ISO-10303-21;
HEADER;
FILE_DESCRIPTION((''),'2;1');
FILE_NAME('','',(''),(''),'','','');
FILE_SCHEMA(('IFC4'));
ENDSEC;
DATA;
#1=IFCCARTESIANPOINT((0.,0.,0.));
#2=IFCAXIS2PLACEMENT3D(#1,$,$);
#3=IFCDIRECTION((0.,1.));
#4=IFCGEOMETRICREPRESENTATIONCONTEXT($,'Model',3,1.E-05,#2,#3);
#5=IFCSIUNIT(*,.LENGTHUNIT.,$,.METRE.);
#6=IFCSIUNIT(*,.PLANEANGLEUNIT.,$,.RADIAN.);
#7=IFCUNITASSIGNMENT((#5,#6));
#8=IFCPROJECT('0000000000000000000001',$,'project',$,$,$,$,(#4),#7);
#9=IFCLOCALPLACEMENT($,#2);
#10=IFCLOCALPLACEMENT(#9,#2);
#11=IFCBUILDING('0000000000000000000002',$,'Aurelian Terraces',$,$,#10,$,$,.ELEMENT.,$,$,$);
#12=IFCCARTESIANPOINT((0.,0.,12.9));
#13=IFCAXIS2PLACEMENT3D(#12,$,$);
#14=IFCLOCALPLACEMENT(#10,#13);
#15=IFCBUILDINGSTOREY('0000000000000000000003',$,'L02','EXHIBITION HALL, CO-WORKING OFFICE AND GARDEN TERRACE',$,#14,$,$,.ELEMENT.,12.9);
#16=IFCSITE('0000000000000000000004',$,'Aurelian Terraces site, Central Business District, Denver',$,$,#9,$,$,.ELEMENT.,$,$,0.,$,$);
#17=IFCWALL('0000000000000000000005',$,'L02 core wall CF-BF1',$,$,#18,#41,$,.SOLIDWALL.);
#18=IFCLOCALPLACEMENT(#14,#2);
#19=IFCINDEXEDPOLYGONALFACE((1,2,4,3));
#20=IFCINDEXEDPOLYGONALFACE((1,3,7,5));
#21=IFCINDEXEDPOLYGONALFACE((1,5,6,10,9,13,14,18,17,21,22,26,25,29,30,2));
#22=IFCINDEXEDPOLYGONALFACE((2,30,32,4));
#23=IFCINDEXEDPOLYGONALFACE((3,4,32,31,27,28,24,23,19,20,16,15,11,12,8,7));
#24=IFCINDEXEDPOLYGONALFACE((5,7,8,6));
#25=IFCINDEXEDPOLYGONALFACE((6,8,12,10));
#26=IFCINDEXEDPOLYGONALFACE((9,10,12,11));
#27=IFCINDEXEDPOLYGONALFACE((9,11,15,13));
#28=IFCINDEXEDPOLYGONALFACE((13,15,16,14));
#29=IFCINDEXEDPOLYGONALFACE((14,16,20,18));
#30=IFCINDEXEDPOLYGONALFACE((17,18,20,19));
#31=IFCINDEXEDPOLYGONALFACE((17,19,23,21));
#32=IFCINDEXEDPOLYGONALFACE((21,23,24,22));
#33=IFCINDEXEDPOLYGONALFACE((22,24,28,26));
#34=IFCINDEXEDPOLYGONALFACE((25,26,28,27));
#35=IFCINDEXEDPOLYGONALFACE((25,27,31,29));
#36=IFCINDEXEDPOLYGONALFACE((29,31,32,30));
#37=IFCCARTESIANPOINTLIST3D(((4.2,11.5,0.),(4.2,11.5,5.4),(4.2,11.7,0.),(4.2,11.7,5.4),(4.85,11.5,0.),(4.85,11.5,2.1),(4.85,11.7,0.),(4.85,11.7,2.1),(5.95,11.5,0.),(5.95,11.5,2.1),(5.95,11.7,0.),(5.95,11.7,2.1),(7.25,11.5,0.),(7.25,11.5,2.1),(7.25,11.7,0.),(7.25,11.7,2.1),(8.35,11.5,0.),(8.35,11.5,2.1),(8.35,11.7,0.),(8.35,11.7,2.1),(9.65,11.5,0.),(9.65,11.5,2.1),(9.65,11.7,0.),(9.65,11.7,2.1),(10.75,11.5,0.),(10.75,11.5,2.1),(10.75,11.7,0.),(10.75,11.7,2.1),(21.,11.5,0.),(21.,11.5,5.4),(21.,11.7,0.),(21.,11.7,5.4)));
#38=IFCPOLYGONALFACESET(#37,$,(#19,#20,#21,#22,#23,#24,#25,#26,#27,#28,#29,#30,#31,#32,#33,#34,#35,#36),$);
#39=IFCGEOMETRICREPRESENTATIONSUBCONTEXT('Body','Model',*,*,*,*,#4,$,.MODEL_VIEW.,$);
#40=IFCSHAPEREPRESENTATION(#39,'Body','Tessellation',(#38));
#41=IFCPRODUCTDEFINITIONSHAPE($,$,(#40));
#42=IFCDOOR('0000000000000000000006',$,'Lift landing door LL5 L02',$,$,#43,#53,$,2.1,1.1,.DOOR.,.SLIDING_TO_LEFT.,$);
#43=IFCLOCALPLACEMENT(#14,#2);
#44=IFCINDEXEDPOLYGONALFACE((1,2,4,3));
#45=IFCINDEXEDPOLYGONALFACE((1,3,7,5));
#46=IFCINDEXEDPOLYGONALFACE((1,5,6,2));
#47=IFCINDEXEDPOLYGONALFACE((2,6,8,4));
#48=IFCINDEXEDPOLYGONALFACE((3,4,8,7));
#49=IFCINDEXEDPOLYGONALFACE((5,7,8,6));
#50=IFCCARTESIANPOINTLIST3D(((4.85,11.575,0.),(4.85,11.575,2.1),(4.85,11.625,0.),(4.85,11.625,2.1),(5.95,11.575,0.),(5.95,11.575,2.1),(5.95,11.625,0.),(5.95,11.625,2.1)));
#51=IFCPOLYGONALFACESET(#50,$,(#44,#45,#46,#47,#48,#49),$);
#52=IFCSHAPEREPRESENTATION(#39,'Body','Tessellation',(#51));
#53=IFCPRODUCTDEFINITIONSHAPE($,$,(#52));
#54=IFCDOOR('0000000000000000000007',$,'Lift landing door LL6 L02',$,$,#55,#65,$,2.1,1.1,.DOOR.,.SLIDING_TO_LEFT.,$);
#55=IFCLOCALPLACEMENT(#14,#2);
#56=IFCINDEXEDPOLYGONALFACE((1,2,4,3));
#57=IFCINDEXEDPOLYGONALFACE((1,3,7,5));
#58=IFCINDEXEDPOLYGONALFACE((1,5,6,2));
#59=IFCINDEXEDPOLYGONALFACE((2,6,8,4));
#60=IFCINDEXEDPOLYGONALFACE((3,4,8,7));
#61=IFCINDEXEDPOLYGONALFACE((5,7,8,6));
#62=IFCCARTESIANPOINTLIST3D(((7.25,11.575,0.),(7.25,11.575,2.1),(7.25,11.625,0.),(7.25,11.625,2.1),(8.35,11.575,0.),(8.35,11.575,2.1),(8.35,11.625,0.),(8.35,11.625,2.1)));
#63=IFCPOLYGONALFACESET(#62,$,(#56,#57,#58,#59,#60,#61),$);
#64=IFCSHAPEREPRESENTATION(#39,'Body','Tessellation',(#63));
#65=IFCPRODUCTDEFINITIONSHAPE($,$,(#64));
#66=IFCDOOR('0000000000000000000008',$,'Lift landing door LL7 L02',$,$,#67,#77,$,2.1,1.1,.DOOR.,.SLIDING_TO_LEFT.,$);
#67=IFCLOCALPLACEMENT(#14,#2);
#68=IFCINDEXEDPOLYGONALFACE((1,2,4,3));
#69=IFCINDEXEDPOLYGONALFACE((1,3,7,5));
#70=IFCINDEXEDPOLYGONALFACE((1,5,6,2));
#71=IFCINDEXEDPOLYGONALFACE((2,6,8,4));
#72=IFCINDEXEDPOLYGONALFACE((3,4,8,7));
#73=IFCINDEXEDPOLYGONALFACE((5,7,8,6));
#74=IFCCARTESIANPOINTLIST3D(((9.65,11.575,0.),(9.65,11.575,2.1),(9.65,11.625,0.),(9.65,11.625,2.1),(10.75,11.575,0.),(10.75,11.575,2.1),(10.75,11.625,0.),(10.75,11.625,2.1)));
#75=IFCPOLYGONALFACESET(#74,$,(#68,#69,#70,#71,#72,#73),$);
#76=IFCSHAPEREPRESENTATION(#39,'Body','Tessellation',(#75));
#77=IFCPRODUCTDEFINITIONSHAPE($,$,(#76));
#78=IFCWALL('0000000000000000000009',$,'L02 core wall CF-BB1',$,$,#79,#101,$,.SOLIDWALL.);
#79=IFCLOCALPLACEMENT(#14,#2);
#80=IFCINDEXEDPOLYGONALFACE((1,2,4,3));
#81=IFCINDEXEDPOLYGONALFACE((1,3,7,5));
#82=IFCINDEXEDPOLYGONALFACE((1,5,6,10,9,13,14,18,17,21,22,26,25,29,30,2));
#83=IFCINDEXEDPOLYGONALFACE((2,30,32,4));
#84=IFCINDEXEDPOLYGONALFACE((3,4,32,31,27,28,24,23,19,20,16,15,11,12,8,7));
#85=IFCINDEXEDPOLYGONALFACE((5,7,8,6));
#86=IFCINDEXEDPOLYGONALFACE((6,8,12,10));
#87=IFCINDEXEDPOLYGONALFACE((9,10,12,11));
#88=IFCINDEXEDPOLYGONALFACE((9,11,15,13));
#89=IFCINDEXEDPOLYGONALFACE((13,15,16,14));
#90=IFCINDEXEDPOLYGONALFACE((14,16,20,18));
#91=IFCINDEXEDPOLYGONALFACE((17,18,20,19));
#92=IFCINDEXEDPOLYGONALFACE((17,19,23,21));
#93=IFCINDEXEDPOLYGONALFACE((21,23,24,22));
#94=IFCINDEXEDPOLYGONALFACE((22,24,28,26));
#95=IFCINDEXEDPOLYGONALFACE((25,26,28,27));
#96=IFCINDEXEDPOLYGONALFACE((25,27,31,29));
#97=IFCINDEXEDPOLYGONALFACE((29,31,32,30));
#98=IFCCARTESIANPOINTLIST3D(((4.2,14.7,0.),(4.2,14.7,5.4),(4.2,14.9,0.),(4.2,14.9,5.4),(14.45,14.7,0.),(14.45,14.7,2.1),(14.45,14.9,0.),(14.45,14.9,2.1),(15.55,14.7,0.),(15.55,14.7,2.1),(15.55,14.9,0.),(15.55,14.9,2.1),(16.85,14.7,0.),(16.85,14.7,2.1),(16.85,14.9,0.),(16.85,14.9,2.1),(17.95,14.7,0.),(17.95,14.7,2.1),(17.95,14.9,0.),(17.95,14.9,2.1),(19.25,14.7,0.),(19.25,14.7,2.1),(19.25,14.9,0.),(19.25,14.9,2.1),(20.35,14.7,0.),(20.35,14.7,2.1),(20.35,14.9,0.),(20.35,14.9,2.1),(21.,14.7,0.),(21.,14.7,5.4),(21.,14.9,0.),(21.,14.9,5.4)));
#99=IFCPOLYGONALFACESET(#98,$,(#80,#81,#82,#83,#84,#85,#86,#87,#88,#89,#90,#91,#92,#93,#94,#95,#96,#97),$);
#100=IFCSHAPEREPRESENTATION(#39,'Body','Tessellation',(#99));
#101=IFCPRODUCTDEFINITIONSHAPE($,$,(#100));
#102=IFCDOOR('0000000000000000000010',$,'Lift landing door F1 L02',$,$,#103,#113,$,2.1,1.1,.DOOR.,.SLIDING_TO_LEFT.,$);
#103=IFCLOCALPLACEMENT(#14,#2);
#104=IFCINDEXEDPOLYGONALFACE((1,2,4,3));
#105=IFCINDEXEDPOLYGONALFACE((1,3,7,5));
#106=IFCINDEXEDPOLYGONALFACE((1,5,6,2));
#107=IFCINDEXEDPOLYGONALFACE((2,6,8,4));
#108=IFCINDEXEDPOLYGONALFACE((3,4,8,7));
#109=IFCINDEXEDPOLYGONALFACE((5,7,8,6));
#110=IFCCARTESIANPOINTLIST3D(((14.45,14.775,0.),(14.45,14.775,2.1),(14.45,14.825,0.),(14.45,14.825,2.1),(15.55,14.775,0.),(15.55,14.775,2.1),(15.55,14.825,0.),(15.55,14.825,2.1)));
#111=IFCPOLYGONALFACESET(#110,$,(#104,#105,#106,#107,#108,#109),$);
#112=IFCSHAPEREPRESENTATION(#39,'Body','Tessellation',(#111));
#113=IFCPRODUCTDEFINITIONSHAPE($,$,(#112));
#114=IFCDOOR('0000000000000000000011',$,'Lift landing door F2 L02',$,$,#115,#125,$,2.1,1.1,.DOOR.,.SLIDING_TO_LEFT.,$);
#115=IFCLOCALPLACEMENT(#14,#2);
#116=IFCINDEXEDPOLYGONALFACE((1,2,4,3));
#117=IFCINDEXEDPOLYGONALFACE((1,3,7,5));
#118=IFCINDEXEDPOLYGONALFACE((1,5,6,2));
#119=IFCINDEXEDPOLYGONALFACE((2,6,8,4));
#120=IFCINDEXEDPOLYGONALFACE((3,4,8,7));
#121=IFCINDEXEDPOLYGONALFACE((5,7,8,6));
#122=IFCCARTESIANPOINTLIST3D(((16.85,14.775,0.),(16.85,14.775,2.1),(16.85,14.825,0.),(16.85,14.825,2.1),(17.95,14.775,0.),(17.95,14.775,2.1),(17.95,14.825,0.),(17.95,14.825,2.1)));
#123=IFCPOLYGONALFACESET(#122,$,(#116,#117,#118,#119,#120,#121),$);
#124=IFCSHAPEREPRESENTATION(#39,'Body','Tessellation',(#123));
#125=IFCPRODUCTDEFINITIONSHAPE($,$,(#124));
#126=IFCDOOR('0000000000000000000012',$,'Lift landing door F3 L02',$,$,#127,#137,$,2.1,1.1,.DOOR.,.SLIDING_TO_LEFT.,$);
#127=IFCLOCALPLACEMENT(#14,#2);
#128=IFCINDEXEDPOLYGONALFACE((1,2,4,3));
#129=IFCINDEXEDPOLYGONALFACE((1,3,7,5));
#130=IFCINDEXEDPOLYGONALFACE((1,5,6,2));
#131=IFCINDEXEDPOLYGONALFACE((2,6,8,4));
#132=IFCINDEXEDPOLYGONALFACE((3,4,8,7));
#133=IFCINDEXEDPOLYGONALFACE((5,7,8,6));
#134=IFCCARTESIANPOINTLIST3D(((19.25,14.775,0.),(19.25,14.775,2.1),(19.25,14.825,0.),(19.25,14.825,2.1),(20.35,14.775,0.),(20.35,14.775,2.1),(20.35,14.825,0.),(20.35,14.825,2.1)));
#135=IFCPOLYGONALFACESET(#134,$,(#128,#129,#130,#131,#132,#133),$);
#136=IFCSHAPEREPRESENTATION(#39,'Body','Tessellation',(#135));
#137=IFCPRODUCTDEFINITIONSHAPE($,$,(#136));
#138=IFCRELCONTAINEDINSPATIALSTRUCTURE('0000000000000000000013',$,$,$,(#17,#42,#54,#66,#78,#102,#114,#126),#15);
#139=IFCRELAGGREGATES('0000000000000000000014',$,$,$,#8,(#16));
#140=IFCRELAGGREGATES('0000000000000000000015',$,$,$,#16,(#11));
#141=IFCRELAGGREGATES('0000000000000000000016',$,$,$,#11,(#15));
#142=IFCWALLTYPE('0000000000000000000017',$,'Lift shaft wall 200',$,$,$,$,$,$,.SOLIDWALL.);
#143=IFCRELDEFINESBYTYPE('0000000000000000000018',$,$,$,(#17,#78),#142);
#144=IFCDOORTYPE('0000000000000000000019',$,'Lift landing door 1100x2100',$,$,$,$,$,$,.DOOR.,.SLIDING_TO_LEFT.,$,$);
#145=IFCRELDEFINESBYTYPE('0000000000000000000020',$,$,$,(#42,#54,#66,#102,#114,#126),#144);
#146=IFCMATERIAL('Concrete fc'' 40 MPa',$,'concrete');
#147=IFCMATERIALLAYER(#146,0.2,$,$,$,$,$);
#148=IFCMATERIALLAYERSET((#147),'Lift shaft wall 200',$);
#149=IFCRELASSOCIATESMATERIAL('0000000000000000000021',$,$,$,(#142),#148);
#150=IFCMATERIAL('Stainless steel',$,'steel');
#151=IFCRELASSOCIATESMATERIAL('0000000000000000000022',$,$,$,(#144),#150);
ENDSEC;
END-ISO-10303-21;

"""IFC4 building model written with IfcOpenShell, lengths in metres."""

from ifc_helpers import new_model, si_unit, direction, frame, frame_2d, origin, place, context, subcontext, project, spatial, rectangle, extrude, source, transform, mapped, material, layer, layer_set, type_object, element, fill, save


model = new_model("IFC4")

# Units and contexts
model_context = context("Model", 3, precision=1e-05, world=origin(), true_north=direction((0.0, 1.0)))
body_context = subcontext(model_context, "Body", "Model", "MODEL_VIEW")
ifc_project = project(units=[si_unit("LENGTHUNIT", "METRE"), si_unit("PLANEANGLEUNIT", "RADIAN")], contexts=[model_context])

# Site, building, storey
site_placement = place(None, origin())
site = spatial("IfcSite", under=ifc_project, at=site_placement, Name="Aurelian Terraces site, Central Business District, Denver", CompositionType="ELEMENT", RefElevation=0.0)
building_placement = place(site_placement, origin())
building = spatial("IfcBuilding", under=site, at=building_placement, Name="Aurelian Terraces", CompositionType="ELEMENT")
storey_placement = place(building_placement, frame((0.0, 0.0, 12.9)))
storey = spatial("IfcBuildingStorey", under=building, at=storey_placement, Name="L02", Description="EXHIBITION HALL, CO-WORKING OFFICE AND GARDEN TERRACE", CompositionType="ELEMENT", Elevation=12.9)

# Walls, openings, doors
ifc_material_1 = material(Name="Concrete fc' 40 MPa", Category="concrete")
ifc_layer_1 = layer(ifc_material_1, 0.2)
ifc_layer_set_1 = layer_set([ifc_layer_1], Name="Lift shaft wall 200")
wall_type = type_object("IfcWallType", Name="Lift shaft wall 200", PredefinedType="SOLIDWALL", material=ifc_layer_set_1)
shared_shape_1 = source(origin(), body_context, "Body", "SweptSolid", [
    extrude(rectangle(XDim=16.8, YDim=0.2, at=frame_2d((8.4, 0.0))), origin(), (0.0, 0.0, 1.0), 5.4),
])
wall_1_placement = place(storey_placement, frame((4.2, 11.6, 0.0), z_axis=(0.0, 0.0, 1.0), x_axis=(1.0, 0.0, 0.0)))
wall_1 = element("IfcWall", 1, at=wall_1_placement, inside=storey, type_object=wall_type, Name="L02 core wall CF-BF1", PredefinedType="SOLIDWALL", context=body_context, shape_type="MappedRepresentation", body=[
    mapped(shared_shape_1, transform((0.0, 0.0, 0.0), scale=1.0)),
])
shared_shape_2 = source(origin(), body_context, "Body", "SweptSolid", [
    extrude(rectangle(XDim=1.1, YDim=2.1, at=frame_2d((0.55, 1.05))), frame((0.0, 0.11, 0.0), z_axis=(0.0, -1.0, 0.0), x_axis=(1.0, 0.0, 0.0)), (0.0, 0.0, 1.0), 0.22),
])
opening_1_placement = place(wall_1_placement, frame((0.65, 0.0, 0.0)))
opening_1 = element("IfcOpeningElement", 2, at=opening_1_placement, cuts=wall_1, PredefinedType="OPENING", context=body_context, shape_type="MappedRepresentation", body=[
    mapped(shared_shape_2, transform((0.0, 0.0, 0.0), scale=1.0)),
])
opening_2_placement = place(wall_1_placement, frame((3.05, 0.0, 0.0)))
opening_2 = element("IfcOpeningElement", 3, at=opening_2_placement, cuts=wall_1, PredefinedType="OPENING", context=body_context, shape_type="MappedRepresentation", body=[
    mapped(shared_shape_2, transform((0.0, 0.0, 0.0), scale=1.0)),
])
opening_3_placement = place(wall_1_placement, frame((5.45, 0.0, 0.0)))
opening_3 = element("IfcOpeningElement", 4, at=opening_3_placement, cuts=wall_1, PredefinedType="OPENING", context=body_context, shape_type="MappedRepresentation", body=[
    mapped(shared_shape_2, transform((0.0, 0.0, 0.0), scale=1.0)),
])
ifc_material_2 = material(Name="Stainless steel", Category="steel")
door_type = type_object("IfcDoorType", Name="Lift landing door 1100x2100", OperationType="SLIDING_TO_LEFT", PredefinedType="DOOR", material=ifc_material_2)
shared_shape_3 = source(origin(), body_context, "Body", "SweptSolid", [
    extrude(rectangle(XDim=1.1, YDim=2.1, at=frame_2d((0.55, 1.05))), frame((0.0, 0.025, 0.0), z_axis=(0.0, -1.0, 0.0), x_axis=(1.0, 0.0, 0.0)), (0.0, 0.0, 1.0), 0.05),
])
door_1_placement = place(opening_1_placement, origin())
door_1 = element("IfcDoor", 5, at=door_1_placement, inside=storey, type_object=door_type, Name="Lift landing door LL5 L02", OperationType="SLIDING_TO_LEFT", OverallHeight=2.1, OverallWidth=1.1, PredefinedType="DOOR", context=body_context, shape_type="MappedRepresentation", body=[
    mapped(shared_shape_3, transform((0.0, 0.0, 0.0), scale=1.0)),
])
fill(opening_1, door_1)
door_2_placement = place(opening_2_placement, origin())
door_2 = element("IfcDoor", 6, at=door_2_placement, inside=storey, type_object=door_type, Name="Lift landing door LL6 L02", OperationType="SLIDING_TO_LEFT", OverallHeight=2.1, OverallWidth=1.1, PredefinedType="DOOR", context=body_context, shape_type="MappedRepresentation", body=[
    mapped(shared_shape_3, transform((0.0, 0.0, 0.0), scale=1.0)),
])
fill(opening_2, door_2)
door_3_placement = place(opening_3_placement, origin())
door_3 = element("IfcDoor", 7, at=door_3_placement, inside=storey, type_object=door_type, Name="Lift landing door LL7 L02", OperationType="SLIDING_TO_LEFT", OverallHeight=2.1, OverallWidth=1.1, PredefinedType="DOOR", context=body_context, shape_type="MappedRepresentation", body=[
    mapped(shared_shape_3, transform((0.0, 0.0, 0.0), scale=1.0)),
])
fill(opening_3, door_3)
wall_2_placement = place(storey_placement, frame((4.2, 14.8, 0.0), z_axis=(0.0, 0.0, 1.0), x_axis=(1.0, 0.0, 0.0)))
wall_2 = element("IfcWall", 8, at=wall_2_placement, inside=storey, type_object=wall_type, Name="L02 core wall CF-BB1", PredefinedType="SOLIDWALL", context=body_context, shape_type="MappedRepresentation", body=[
    mapped(shared_shape_1, transform((0.0, 0.0, 0.0), scale=1.0)),
])
opening_4_placement = place(wall_2_placement, frame((10.25, 0.0, 0.0)))
opening_4 = element("IfcOpeningElement", 9, at=opening_4_placement, cuts=wall_2, PredefinedType="OPENING", context=body_context, shape_type="MappedRepresentation", body=[
    mapped(shared_shape_2, transform((0.0, 0.0, 0.0), scale=1.0)),
])
opening_5_placement = place(wall_2_placement, frame((12.65, 0.0, 0.0)))
opening_5 = element("IfcOpeningElement", 10, at=opening_5_placement, cuts=wall_2, PredefinedType="OPENING", context=body_context, shape_type="MappedRepresentation", body=[
    mapped(shared_shape_2, transform((0.0, 0.0, 0.0), scale=1.0)),
])
opening_6_placement = place(wall_2_placement, frame((15.05, 0.0, 0.0)))
opening_6 = element("IfcOpeningElement", 11, at=opening_6_placement, cuts=wall_2, PredefinedType="OPENING", context=body_context, shape_type="MappedRepresentation", body=[
    mapped(shared_shape_2, transform((0.0, 0.0, 0.0), scale=1.0)),
])
door_4_placement = place(opening_4_placement, origin())
door_4 = element("IfcDoor", 12, at=door_4_placement, inside=storey, type_object=door_type, Name="Lift landing door F1 L02", OperationType="SLIDING_TO_LEFT", OverallHeight=2.1, OverallWidth=1.1, PredefinedType="DOOR", context=body_context, shape_type="MappedRepresentation", body=[
    mapped(shared_shape_3, transform((0.0, 0.0, 0.0), scale=1.0)),
])
fill(opening_4, door_4)
door_5_placement = place(opening_5_placement, origin())
door_5 = element("IfcDoor", 13, at=door_5_placement, inside=storey, type_object=door_type, Name="Lift landing door F2 L02", OperationType="SLIDING_TO_LEFT", OverallHeight=2.1, OverallWidth=1.1, PredefinedType="DOOR", context=body_context, shape_type="MappedRepresentation", body=[
    mapped(shared_shape_3, transform((0.0, 0.0, 0.0), scale=1.0)),
])
fill(opening_5, door_5)
door_6_placement = place(opening_6_placement, origin())
door_6 = element("IfcDoor", 14, at=door_6_placement, inside=storey, type_object=door_type, Name="Lift landing door F3 L02", OperationType="SLIDING_TO_LEFT", OverallHeight=2.1, OverallWidth=1.1, PredefinedType="DOOR", context=body_context, shape_type="MappedRepresentation", body=[
    mapped(shared_shape_3, transform((0.0, 0.0, 0.0), scale=1.0)),
])
fill(opening_6, door_6)

save(model, "model.ifc")
